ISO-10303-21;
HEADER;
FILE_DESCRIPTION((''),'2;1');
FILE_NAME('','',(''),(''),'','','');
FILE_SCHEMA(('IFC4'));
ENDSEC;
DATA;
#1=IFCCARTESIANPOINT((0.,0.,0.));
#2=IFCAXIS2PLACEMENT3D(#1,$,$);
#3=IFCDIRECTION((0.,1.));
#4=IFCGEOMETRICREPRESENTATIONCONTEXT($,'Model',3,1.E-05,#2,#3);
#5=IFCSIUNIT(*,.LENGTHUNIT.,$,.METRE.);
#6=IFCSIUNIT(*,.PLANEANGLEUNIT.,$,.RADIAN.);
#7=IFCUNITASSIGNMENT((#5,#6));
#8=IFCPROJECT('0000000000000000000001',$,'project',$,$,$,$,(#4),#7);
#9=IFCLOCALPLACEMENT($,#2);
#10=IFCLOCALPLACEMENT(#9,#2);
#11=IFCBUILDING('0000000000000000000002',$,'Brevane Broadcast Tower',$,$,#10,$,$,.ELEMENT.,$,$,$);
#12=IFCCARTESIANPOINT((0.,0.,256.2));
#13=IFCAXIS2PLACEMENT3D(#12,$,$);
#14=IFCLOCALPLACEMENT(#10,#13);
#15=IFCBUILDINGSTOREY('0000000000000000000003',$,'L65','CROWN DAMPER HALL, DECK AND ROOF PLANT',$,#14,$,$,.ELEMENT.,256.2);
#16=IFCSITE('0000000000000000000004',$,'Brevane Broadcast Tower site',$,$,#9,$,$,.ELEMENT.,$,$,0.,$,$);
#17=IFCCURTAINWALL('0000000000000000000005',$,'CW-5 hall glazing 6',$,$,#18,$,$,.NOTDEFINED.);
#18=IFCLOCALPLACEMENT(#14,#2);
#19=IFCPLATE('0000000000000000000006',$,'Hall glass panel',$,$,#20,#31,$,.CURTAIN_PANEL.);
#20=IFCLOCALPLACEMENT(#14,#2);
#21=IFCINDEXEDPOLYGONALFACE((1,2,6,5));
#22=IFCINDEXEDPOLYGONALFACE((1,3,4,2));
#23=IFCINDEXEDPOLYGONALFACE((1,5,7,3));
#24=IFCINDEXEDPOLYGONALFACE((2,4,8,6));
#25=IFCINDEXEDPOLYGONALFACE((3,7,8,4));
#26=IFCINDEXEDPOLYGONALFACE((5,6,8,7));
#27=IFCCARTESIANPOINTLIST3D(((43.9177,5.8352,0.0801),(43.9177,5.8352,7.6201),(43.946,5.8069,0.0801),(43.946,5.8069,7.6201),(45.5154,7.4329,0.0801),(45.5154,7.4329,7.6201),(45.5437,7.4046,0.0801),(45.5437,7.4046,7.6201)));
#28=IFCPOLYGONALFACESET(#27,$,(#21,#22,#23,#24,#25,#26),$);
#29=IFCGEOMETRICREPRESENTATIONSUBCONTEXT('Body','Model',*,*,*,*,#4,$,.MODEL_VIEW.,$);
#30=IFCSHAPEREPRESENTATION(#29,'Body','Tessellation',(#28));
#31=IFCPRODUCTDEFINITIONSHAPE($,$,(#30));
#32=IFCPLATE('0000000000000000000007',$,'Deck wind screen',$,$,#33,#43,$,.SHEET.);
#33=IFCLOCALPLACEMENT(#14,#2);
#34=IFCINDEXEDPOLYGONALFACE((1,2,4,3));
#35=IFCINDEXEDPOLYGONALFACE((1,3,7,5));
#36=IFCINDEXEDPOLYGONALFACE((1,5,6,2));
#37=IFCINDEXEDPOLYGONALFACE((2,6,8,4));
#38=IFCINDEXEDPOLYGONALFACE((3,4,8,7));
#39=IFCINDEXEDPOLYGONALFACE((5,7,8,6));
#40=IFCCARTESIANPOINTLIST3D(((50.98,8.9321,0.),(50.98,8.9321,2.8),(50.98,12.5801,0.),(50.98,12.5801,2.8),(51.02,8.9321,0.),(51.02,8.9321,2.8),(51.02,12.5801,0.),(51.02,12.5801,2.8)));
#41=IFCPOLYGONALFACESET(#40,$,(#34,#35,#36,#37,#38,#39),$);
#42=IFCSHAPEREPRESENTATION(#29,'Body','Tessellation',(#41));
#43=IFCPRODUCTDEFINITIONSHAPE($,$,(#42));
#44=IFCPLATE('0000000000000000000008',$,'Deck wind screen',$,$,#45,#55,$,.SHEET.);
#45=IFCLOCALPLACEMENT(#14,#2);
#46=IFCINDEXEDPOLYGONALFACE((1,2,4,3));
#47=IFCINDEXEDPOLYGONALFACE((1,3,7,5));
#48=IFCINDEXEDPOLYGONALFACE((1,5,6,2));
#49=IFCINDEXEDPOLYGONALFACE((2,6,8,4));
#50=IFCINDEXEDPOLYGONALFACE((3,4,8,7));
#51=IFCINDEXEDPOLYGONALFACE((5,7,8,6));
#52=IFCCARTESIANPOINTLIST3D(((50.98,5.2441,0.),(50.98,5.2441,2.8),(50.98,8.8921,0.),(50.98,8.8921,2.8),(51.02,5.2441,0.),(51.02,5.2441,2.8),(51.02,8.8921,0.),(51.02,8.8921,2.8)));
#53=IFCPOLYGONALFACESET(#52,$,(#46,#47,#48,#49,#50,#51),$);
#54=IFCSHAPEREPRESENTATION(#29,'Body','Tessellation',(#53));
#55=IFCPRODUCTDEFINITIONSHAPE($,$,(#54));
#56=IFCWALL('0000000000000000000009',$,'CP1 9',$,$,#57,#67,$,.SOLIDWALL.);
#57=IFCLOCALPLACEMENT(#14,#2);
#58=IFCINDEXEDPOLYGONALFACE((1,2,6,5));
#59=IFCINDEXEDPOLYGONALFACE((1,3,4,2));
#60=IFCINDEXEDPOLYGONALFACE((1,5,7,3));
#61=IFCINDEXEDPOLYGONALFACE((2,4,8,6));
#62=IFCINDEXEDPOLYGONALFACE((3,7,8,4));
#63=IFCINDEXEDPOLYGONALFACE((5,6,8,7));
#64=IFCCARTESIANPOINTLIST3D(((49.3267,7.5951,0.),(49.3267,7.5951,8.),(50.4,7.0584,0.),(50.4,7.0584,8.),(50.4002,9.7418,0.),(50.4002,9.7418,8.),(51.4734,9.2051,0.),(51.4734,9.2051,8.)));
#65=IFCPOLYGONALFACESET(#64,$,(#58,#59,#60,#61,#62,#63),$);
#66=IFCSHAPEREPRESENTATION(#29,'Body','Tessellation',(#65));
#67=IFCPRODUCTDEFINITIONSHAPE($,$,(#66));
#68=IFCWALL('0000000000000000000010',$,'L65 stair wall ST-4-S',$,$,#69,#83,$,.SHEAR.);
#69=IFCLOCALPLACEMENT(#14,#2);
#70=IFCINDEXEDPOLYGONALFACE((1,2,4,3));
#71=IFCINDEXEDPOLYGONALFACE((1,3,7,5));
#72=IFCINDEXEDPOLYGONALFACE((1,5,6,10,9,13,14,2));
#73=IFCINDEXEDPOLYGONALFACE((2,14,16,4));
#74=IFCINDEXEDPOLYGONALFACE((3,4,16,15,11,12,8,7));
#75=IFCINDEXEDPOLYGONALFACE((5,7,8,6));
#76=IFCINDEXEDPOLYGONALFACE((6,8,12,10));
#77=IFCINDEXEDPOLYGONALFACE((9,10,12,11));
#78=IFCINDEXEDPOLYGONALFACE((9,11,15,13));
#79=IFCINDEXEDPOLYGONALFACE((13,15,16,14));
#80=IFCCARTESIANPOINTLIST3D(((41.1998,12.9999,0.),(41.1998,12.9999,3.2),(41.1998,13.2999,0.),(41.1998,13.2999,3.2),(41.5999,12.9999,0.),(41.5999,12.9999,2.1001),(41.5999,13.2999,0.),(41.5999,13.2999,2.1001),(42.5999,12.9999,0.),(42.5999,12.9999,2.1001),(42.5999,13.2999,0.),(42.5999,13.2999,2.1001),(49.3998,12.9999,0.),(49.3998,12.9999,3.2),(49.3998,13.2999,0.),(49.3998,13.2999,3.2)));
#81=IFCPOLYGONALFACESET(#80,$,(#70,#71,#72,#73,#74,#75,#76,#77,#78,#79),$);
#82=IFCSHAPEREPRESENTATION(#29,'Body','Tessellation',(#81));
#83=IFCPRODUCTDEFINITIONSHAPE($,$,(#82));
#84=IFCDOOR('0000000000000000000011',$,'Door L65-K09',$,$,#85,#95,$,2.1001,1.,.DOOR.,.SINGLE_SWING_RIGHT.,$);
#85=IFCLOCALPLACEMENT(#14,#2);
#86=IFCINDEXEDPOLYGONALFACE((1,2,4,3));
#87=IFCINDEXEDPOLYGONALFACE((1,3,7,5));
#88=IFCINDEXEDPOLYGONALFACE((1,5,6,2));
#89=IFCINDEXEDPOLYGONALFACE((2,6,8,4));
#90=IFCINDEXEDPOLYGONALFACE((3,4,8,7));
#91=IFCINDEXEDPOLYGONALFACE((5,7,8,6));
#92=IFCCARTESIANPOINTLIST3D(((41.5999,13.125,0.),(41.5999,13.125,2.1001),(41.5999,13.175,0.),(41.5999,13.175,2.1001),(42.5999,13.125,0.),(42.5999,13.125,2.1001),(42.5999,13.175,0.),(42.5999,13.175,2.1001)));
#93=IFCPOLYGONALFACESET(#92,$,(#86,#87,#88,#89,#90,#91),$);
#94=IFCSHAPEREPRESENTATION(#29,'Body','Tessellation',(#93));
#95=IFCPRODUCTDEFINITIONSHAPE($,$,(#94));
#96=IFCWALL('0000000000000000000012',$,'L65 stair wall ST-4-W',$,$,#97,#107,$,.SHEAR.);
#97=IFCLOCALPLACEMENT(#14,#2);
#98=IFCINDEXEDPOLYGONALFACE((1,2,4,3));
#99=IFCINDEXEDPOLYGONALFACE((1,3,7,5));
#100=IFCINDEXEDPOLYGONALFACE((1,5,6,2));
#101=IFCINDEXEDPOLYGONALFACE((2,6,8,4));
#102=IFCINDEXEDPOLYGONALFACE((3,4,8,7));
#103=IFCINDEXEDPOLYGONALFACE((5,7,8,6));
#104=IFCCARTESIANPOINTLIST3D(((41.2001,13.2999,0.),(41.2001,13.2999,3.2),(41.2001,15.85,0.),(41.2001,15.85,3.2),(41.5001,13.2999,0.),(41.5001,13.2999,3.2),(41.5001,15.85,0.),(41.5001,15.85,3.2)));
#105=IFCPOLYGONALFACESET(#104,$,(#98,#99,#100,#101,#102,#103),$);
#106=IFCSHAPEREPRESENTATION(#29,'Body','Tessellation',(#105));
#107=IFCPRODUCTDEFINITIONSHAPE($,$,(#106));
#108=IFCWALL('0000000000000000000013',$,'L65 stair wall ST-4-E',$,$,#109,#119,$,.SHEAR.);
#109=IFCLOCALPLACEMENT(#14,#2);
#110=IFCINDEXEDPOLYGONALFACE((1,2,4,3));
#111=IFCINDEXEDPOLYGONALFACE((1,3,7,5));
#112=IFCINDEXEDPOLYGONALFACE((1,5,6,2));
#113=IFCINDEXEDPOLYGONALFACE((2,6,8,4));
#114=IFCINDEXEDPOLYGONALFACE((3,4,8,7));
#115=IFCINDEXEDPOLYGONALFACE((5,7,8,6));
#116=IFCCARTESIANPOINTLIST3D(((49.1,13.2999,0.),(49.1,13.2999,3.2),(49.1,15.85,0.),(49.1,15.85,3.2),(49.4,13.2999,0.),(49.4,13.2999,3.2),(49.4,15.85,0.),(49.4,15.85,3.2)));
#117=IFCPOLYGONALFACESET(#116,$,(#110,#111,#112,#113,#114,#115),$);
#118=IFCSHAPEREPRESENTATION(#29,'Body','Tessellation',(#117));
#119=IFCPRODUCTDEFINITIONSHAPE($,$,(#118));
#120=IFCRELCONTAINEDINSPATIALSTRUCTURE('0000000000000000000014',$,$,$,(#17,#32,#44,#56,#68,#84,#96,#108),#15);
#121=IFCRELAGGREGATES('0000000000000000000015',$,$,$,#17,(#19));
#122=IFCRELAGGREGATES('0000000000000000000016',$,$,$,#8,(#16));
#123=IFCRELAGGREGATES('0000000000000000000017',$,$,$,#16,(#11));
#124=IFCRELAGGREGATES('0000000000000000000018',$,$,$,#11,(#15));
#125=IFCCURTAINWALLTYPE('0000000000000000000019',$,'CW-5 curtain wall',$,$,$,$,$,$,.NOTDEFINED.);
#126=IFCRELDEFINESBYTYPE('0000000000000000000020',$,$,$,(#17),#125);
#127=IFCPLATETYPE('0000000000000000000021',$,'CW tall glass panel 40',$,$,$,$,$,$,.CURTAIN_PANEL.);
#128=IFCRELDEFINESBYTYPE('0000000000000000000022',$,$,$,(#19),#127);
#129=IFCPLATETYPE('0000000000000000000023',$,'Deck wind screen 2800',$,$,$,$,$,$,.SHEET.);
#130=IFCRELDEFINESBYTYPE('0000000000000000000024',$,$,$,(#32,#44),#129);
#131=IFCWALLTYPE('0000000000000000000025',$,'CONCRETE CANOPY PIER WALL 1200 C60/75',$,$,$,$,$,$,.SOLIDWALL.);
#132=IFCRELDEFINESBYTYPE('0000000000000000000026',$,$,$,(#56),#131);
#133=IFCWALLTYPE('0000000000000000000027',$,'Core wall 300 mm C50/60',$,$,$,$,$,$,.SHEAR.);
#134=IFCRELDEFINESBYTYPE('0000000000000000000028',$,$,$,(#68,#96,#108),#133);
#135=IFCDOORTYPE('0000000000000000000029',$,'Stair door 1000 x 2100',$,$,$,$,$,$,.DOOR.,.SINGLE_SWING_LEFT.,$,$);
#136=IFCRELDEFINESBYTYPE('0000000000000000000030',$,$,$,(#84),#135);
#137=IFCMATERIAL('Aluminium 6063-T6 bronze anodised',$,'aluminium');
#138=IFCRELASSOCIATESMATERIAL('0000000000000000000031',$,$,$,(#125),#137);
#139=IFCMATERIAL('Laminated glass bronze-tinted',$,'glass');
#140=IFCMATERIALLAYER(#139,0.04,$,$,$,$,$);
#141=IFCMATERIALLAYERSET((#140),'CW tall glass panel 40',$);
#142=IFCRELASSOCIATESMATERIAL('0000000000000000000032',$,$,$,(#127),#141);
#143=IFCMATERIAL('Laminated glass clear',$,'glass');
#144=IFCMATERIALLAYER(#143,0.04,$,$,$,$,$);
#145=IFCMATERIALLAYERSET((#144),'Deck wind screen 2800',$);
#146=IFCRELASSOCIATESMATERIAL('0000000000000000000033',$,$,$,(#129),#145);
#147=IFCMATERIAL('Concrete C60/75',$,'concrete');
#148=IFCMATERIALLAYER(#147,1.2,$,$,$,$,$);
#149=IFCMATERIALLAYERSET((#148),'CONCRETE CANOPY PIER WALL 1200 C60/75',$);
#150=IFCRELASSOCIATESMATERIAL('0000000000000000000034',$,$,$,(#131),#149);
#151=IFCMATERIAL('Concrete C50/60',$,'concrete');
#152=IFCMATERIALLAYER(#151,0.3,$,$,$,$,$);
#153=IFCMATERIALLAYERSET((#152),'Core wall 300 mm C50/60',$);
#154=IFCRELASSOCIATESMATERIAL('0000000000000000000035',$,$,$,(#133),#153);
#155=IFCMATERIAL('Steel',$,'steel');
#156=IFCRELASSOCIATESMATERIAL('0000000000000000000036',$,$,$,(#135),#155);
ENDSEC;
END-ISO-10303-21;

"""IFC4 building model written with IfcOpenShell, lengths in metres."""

from ifc_helpers import new_model, si_unit, direction, frame, frame_2d, origin, origin_2d, place, context, subcontext, project, spatial, rectangle, extrude, material, layer, layer_set, type_object, element, fill, aggregate, save


model = new_model("IFC4")

# Units and contexts
model_context = context("Model", 3, precision=1e-05, world=origin(), true_north=direction((0.0, 1.0)))
body_context = subcontext(model_context, "Body", "Model", "MODEL_VIEW")
ifc_project = project(units=[si_unit("LENGTHUNIT", "METRE"), si_unit("PLANEANGLEUNIT", "RADIAN")], contexts=[model_context])

# Site, building, storey
site_placement = place(None, origin())
site = spatial("IfcSite", under=ifc_project, at=site_placement, Name="Brevane Broadcast Tower site", CompositionType="ELEMENT", RefElevation=0.0)
building_placement = place(site_placement, origin())
building = spatial("IfcBuilding", under=site, at=building_placement, Name="Brevane Broadcast Tower", CompositionType="ELEMENT")
storey_placement = place(building_placement, frame((0.0, 0.0, 256.2)))
storey = spatial("IfcBuildingStorey", under=building, at=storey_placement, Name="L65", Description="CROWN DAMPER HALL, DECK AND ROOF PLANT", CompositionType="ELEMENT", Elevation=256.2)

# Curtain wall
ifc_material_1 = material(Name="Aluminium 6063-T6 bronze anodised", Category="aluminium")
curtain_wall_type = type_object("IfcCurtainWallType", Name="CW-5 curtain wall", PredefinedType="NOTDEFINED", material=ifc_material_1)
curtain_wall_placement = place(storey_placement, origin())
curtain_wall = element("IfcCurtainWall", 1, at=curtain_wall_placement, inside=storey, type_object=curtain_wall_type, Name="CW-5 hall glazing 6", PredefinedType="NOTDEFINED")

# Plate
ifc_material_2 = material(Name="Laminated glass bronze-tinted", Category="glass")
ifc_layer_1 = layer(ifc_material_2, 0.04)
ifc_layer_set_1 = layer_set([ifc_layer_1], Name="CW tall glass panel 40")
plate_type_1 = type_object("IfcPlateType", Name="CW tall glass panel 40", PredefinedType="CURTAIN_PANEL", material=ifc_layer_set_1)
plate_1_placement = place(storey_placement, frame((44.7307, 6.6199, 0.0801), z_axis=(0.0, 0.0, 1.0), x_axis=(0.707107, 0.707107, 0.0)))
plate_1 = element("IfcPlate", 2, at=plate_1_placement, type_object=plate_type_1, Name="Hall glass panel", PredefinedType="CURTAIN_PANEL", context=body_context, shape_type="SweptSolid", body=[
    extrude(rectangle(XDim=2.2595, YDim=0.04, at=origin_2d()), origin(), (0.0, 0.0, 1.0), 7.54),
])
aggregate(curtain_wall, [plate_1])

# Plates
ifc_material_3 = material(Name="Laminated glass clear", Category="glass")
ifc_layer_2 = layer(ifc_material_3, 0.04)
ifc_layer_set_2 = layer_set([ifc_layer_2], Name="Deck wind screen 2800")
plate_type_2 = type_object("IfcPlateType", Name="Deck wind screen 2800", PredefinedType="SHEET", material=ifc_layer_set_2)
for number, where, z_axis, x_axis, name in (
    (3, (51.0, 10.7561, 0.0), (0.0, 0.0, 1.0), (0.0, -1.0, 0.0), "Deck wind screen"),
    (4, (51.0, 7.0681, 0.0), (0.0, 0.0, 1.0), (0.0, -1.0, 0.0), "Deck wind screen"),
):
    element("IfcPlate", number, at=place(storey_placement, frame(where, z_axis=z_axis, x_axis=x_axis)), inside=storey, type_object=plate_type_2, Name=name, PredefinedType="SHEET", context=body_context, shape_type="SweptSolid", body=[
        extrude(rectangle(XDim=3.6479, YDim=0.04, at=origin_2d()), origin(), (0.0, 0.0, 1.0), 2.8),
    ])

# Wall
ifc_material_4 = material(Name="Concrete C60/75", Category="concrete")
ifc_layer_3 = layer(ifc_material_4, 1.2)
ifc_layer_set_3 = layer_set([ifc_layer_3], Name="CONCRETE CANOPY PIER WALL 1200 C60/75")
wall_type_1 = type_object("IfcWallType", Name="CONCRETE CANOPY PIER WALL 1200 C60/75", PredefinedType="SOLIDWALL", material=ifc_layer_set_3)
wall_1_placement = place(storey_placement, frame((49.8633, 7.3267, 0.0), z_axis=(0.0, 0.0, 1.0), x_axis=(0.447254, 0.894407, 0.0)))
element("IfcWall", 5, at=wall_1_placement, inside=storey, type_object=wall_type_1, Name="CP1 9", PredefinedType="SOLIDWALL", context=body_context, shape_type="SweptSolid", body=[
    extrude(rectangle(XDim=2.4001, YDim=1.2, at=frame_2d((1.2002, 0.0))), origin(), (0.0, 0.0, 1.0), 8.0),
])

# Wall, opening, door
ifc_material_5 = material(Name="Concrete C50/60", Category="concrete")
ifc_layer_4 = layer(ifc_material_5, 0.3)
ifc_layer_set_4 = layer_set([ifc_layer_4], Name="Core wall 300 mm C50/60")
wall_type_2 = type_object("IfcWallType", Name="Core wall 300 mm C50/60", PredefinedType="SHEAR", material=ifc_layer_set_4)
wall_2_placement = place(storey_placement, frame((49.3999, 13.1499, 0.0), z_axis=(0.0, 0.0, 1.0), x_axis=(-1.0, 0.0, 0.0)))
wall_2 = element("IfcWall", 6, at=wall_2_placement, inside=storey, type_object=wall_type_2, Name="L65 stair wall ST-4-S", PredefinedType="SHEAR", context=body_context, shape_type="SweptSolid", body=[
    extrude(rectangle(XDim=8.2, YDim=0.3, at=frame_2d((4.1001, 0.0))), origin(), (0.0, 0.0, 1.0), 3.2),
])
opening_1_placement = place(wall_2_placement, frame((6.8, 0.0, 0.0)))
opening_1 = element("IfcOpeningElement", 7, at=opening_1_placement, cuts=wall_2, PredefinedType="OPENING", context=body_context, shape_type="SweptSolid", body=[
    extrude(rectangle(XDim=1.0, YDim=2.1001, at=frame_2d((0.5, 1.05))), frame((0.0, 0.1599, 0.0), z_axis=(0.0, -1.0, 0.0), x_axis=(1.0, 0.0, 0.0)), (0.0, 0.0, 1.0), 0.3201),
])
ifc_material_6 = material(Name="Steel", Category="steel")
door_type_1 = type_object("IfcDoorType", Name="Stair door 1000 x 2100", OperationType="SINGLE_SWING_LEFT", PredefinedType="DOOR", material=ifc_material_6)
door_1_placement = place(opening_1_placement, origin())
door_1 = element("IfcDoor", 8, at=door_1_placement, inside=storey, type_object=door_type_1, Name="Door L65-K09", OperationType="SINGLE_SWING_RIGHT", OverallHeight=2.1001, OverallWidth=1.0, PredefinedType="DOOR", context=body_context, shape_type="SweptSolid", body=[
    extrude(rectangle(XDim=1.0, YDim=2.1001, at=frame_2d((0.5, 1.05))), frame((0.0, 0.0249, 0.0), z_axis=(0.0, -1.0, 0.0), x_axis=(1.0, 0.0, 0.0)), (0.0, 0.0, 1.0), 0.05),
])
fill(opening_1, door_1)

# Walls
for number, where, z_axis, x_axis, name in (
    (9, (41.3501, 13.3, 0.0), (0.0, 0.0, 1.0), (0.0, 1.0, 0.0), "L65 stair wall ST-4-W"),
    (10, (49.25, 13.3, 0.0), (0.0, 0.0, 1.0), (0.0, 1.0, 0.0), "L65 stair wall ST-4-E"),
):
    element("IfcWall", number, at=place(storey_placement, frame(where, z_axis=z_axis, x_axis=x_axis)), inside=storey, type_object=wall_type_2, Name=name, PredefinedType="SHEAR", context=body_context, shape_type="SweptSolid", body=[
        extrude(rectangle(XDim=2.55, YDim=0.3, at=frame_2d((1.2749, 0.0))), origin(), (0.0, 0.0, 1.0), 3.2),
    ])

save(model, "model.ifc")
